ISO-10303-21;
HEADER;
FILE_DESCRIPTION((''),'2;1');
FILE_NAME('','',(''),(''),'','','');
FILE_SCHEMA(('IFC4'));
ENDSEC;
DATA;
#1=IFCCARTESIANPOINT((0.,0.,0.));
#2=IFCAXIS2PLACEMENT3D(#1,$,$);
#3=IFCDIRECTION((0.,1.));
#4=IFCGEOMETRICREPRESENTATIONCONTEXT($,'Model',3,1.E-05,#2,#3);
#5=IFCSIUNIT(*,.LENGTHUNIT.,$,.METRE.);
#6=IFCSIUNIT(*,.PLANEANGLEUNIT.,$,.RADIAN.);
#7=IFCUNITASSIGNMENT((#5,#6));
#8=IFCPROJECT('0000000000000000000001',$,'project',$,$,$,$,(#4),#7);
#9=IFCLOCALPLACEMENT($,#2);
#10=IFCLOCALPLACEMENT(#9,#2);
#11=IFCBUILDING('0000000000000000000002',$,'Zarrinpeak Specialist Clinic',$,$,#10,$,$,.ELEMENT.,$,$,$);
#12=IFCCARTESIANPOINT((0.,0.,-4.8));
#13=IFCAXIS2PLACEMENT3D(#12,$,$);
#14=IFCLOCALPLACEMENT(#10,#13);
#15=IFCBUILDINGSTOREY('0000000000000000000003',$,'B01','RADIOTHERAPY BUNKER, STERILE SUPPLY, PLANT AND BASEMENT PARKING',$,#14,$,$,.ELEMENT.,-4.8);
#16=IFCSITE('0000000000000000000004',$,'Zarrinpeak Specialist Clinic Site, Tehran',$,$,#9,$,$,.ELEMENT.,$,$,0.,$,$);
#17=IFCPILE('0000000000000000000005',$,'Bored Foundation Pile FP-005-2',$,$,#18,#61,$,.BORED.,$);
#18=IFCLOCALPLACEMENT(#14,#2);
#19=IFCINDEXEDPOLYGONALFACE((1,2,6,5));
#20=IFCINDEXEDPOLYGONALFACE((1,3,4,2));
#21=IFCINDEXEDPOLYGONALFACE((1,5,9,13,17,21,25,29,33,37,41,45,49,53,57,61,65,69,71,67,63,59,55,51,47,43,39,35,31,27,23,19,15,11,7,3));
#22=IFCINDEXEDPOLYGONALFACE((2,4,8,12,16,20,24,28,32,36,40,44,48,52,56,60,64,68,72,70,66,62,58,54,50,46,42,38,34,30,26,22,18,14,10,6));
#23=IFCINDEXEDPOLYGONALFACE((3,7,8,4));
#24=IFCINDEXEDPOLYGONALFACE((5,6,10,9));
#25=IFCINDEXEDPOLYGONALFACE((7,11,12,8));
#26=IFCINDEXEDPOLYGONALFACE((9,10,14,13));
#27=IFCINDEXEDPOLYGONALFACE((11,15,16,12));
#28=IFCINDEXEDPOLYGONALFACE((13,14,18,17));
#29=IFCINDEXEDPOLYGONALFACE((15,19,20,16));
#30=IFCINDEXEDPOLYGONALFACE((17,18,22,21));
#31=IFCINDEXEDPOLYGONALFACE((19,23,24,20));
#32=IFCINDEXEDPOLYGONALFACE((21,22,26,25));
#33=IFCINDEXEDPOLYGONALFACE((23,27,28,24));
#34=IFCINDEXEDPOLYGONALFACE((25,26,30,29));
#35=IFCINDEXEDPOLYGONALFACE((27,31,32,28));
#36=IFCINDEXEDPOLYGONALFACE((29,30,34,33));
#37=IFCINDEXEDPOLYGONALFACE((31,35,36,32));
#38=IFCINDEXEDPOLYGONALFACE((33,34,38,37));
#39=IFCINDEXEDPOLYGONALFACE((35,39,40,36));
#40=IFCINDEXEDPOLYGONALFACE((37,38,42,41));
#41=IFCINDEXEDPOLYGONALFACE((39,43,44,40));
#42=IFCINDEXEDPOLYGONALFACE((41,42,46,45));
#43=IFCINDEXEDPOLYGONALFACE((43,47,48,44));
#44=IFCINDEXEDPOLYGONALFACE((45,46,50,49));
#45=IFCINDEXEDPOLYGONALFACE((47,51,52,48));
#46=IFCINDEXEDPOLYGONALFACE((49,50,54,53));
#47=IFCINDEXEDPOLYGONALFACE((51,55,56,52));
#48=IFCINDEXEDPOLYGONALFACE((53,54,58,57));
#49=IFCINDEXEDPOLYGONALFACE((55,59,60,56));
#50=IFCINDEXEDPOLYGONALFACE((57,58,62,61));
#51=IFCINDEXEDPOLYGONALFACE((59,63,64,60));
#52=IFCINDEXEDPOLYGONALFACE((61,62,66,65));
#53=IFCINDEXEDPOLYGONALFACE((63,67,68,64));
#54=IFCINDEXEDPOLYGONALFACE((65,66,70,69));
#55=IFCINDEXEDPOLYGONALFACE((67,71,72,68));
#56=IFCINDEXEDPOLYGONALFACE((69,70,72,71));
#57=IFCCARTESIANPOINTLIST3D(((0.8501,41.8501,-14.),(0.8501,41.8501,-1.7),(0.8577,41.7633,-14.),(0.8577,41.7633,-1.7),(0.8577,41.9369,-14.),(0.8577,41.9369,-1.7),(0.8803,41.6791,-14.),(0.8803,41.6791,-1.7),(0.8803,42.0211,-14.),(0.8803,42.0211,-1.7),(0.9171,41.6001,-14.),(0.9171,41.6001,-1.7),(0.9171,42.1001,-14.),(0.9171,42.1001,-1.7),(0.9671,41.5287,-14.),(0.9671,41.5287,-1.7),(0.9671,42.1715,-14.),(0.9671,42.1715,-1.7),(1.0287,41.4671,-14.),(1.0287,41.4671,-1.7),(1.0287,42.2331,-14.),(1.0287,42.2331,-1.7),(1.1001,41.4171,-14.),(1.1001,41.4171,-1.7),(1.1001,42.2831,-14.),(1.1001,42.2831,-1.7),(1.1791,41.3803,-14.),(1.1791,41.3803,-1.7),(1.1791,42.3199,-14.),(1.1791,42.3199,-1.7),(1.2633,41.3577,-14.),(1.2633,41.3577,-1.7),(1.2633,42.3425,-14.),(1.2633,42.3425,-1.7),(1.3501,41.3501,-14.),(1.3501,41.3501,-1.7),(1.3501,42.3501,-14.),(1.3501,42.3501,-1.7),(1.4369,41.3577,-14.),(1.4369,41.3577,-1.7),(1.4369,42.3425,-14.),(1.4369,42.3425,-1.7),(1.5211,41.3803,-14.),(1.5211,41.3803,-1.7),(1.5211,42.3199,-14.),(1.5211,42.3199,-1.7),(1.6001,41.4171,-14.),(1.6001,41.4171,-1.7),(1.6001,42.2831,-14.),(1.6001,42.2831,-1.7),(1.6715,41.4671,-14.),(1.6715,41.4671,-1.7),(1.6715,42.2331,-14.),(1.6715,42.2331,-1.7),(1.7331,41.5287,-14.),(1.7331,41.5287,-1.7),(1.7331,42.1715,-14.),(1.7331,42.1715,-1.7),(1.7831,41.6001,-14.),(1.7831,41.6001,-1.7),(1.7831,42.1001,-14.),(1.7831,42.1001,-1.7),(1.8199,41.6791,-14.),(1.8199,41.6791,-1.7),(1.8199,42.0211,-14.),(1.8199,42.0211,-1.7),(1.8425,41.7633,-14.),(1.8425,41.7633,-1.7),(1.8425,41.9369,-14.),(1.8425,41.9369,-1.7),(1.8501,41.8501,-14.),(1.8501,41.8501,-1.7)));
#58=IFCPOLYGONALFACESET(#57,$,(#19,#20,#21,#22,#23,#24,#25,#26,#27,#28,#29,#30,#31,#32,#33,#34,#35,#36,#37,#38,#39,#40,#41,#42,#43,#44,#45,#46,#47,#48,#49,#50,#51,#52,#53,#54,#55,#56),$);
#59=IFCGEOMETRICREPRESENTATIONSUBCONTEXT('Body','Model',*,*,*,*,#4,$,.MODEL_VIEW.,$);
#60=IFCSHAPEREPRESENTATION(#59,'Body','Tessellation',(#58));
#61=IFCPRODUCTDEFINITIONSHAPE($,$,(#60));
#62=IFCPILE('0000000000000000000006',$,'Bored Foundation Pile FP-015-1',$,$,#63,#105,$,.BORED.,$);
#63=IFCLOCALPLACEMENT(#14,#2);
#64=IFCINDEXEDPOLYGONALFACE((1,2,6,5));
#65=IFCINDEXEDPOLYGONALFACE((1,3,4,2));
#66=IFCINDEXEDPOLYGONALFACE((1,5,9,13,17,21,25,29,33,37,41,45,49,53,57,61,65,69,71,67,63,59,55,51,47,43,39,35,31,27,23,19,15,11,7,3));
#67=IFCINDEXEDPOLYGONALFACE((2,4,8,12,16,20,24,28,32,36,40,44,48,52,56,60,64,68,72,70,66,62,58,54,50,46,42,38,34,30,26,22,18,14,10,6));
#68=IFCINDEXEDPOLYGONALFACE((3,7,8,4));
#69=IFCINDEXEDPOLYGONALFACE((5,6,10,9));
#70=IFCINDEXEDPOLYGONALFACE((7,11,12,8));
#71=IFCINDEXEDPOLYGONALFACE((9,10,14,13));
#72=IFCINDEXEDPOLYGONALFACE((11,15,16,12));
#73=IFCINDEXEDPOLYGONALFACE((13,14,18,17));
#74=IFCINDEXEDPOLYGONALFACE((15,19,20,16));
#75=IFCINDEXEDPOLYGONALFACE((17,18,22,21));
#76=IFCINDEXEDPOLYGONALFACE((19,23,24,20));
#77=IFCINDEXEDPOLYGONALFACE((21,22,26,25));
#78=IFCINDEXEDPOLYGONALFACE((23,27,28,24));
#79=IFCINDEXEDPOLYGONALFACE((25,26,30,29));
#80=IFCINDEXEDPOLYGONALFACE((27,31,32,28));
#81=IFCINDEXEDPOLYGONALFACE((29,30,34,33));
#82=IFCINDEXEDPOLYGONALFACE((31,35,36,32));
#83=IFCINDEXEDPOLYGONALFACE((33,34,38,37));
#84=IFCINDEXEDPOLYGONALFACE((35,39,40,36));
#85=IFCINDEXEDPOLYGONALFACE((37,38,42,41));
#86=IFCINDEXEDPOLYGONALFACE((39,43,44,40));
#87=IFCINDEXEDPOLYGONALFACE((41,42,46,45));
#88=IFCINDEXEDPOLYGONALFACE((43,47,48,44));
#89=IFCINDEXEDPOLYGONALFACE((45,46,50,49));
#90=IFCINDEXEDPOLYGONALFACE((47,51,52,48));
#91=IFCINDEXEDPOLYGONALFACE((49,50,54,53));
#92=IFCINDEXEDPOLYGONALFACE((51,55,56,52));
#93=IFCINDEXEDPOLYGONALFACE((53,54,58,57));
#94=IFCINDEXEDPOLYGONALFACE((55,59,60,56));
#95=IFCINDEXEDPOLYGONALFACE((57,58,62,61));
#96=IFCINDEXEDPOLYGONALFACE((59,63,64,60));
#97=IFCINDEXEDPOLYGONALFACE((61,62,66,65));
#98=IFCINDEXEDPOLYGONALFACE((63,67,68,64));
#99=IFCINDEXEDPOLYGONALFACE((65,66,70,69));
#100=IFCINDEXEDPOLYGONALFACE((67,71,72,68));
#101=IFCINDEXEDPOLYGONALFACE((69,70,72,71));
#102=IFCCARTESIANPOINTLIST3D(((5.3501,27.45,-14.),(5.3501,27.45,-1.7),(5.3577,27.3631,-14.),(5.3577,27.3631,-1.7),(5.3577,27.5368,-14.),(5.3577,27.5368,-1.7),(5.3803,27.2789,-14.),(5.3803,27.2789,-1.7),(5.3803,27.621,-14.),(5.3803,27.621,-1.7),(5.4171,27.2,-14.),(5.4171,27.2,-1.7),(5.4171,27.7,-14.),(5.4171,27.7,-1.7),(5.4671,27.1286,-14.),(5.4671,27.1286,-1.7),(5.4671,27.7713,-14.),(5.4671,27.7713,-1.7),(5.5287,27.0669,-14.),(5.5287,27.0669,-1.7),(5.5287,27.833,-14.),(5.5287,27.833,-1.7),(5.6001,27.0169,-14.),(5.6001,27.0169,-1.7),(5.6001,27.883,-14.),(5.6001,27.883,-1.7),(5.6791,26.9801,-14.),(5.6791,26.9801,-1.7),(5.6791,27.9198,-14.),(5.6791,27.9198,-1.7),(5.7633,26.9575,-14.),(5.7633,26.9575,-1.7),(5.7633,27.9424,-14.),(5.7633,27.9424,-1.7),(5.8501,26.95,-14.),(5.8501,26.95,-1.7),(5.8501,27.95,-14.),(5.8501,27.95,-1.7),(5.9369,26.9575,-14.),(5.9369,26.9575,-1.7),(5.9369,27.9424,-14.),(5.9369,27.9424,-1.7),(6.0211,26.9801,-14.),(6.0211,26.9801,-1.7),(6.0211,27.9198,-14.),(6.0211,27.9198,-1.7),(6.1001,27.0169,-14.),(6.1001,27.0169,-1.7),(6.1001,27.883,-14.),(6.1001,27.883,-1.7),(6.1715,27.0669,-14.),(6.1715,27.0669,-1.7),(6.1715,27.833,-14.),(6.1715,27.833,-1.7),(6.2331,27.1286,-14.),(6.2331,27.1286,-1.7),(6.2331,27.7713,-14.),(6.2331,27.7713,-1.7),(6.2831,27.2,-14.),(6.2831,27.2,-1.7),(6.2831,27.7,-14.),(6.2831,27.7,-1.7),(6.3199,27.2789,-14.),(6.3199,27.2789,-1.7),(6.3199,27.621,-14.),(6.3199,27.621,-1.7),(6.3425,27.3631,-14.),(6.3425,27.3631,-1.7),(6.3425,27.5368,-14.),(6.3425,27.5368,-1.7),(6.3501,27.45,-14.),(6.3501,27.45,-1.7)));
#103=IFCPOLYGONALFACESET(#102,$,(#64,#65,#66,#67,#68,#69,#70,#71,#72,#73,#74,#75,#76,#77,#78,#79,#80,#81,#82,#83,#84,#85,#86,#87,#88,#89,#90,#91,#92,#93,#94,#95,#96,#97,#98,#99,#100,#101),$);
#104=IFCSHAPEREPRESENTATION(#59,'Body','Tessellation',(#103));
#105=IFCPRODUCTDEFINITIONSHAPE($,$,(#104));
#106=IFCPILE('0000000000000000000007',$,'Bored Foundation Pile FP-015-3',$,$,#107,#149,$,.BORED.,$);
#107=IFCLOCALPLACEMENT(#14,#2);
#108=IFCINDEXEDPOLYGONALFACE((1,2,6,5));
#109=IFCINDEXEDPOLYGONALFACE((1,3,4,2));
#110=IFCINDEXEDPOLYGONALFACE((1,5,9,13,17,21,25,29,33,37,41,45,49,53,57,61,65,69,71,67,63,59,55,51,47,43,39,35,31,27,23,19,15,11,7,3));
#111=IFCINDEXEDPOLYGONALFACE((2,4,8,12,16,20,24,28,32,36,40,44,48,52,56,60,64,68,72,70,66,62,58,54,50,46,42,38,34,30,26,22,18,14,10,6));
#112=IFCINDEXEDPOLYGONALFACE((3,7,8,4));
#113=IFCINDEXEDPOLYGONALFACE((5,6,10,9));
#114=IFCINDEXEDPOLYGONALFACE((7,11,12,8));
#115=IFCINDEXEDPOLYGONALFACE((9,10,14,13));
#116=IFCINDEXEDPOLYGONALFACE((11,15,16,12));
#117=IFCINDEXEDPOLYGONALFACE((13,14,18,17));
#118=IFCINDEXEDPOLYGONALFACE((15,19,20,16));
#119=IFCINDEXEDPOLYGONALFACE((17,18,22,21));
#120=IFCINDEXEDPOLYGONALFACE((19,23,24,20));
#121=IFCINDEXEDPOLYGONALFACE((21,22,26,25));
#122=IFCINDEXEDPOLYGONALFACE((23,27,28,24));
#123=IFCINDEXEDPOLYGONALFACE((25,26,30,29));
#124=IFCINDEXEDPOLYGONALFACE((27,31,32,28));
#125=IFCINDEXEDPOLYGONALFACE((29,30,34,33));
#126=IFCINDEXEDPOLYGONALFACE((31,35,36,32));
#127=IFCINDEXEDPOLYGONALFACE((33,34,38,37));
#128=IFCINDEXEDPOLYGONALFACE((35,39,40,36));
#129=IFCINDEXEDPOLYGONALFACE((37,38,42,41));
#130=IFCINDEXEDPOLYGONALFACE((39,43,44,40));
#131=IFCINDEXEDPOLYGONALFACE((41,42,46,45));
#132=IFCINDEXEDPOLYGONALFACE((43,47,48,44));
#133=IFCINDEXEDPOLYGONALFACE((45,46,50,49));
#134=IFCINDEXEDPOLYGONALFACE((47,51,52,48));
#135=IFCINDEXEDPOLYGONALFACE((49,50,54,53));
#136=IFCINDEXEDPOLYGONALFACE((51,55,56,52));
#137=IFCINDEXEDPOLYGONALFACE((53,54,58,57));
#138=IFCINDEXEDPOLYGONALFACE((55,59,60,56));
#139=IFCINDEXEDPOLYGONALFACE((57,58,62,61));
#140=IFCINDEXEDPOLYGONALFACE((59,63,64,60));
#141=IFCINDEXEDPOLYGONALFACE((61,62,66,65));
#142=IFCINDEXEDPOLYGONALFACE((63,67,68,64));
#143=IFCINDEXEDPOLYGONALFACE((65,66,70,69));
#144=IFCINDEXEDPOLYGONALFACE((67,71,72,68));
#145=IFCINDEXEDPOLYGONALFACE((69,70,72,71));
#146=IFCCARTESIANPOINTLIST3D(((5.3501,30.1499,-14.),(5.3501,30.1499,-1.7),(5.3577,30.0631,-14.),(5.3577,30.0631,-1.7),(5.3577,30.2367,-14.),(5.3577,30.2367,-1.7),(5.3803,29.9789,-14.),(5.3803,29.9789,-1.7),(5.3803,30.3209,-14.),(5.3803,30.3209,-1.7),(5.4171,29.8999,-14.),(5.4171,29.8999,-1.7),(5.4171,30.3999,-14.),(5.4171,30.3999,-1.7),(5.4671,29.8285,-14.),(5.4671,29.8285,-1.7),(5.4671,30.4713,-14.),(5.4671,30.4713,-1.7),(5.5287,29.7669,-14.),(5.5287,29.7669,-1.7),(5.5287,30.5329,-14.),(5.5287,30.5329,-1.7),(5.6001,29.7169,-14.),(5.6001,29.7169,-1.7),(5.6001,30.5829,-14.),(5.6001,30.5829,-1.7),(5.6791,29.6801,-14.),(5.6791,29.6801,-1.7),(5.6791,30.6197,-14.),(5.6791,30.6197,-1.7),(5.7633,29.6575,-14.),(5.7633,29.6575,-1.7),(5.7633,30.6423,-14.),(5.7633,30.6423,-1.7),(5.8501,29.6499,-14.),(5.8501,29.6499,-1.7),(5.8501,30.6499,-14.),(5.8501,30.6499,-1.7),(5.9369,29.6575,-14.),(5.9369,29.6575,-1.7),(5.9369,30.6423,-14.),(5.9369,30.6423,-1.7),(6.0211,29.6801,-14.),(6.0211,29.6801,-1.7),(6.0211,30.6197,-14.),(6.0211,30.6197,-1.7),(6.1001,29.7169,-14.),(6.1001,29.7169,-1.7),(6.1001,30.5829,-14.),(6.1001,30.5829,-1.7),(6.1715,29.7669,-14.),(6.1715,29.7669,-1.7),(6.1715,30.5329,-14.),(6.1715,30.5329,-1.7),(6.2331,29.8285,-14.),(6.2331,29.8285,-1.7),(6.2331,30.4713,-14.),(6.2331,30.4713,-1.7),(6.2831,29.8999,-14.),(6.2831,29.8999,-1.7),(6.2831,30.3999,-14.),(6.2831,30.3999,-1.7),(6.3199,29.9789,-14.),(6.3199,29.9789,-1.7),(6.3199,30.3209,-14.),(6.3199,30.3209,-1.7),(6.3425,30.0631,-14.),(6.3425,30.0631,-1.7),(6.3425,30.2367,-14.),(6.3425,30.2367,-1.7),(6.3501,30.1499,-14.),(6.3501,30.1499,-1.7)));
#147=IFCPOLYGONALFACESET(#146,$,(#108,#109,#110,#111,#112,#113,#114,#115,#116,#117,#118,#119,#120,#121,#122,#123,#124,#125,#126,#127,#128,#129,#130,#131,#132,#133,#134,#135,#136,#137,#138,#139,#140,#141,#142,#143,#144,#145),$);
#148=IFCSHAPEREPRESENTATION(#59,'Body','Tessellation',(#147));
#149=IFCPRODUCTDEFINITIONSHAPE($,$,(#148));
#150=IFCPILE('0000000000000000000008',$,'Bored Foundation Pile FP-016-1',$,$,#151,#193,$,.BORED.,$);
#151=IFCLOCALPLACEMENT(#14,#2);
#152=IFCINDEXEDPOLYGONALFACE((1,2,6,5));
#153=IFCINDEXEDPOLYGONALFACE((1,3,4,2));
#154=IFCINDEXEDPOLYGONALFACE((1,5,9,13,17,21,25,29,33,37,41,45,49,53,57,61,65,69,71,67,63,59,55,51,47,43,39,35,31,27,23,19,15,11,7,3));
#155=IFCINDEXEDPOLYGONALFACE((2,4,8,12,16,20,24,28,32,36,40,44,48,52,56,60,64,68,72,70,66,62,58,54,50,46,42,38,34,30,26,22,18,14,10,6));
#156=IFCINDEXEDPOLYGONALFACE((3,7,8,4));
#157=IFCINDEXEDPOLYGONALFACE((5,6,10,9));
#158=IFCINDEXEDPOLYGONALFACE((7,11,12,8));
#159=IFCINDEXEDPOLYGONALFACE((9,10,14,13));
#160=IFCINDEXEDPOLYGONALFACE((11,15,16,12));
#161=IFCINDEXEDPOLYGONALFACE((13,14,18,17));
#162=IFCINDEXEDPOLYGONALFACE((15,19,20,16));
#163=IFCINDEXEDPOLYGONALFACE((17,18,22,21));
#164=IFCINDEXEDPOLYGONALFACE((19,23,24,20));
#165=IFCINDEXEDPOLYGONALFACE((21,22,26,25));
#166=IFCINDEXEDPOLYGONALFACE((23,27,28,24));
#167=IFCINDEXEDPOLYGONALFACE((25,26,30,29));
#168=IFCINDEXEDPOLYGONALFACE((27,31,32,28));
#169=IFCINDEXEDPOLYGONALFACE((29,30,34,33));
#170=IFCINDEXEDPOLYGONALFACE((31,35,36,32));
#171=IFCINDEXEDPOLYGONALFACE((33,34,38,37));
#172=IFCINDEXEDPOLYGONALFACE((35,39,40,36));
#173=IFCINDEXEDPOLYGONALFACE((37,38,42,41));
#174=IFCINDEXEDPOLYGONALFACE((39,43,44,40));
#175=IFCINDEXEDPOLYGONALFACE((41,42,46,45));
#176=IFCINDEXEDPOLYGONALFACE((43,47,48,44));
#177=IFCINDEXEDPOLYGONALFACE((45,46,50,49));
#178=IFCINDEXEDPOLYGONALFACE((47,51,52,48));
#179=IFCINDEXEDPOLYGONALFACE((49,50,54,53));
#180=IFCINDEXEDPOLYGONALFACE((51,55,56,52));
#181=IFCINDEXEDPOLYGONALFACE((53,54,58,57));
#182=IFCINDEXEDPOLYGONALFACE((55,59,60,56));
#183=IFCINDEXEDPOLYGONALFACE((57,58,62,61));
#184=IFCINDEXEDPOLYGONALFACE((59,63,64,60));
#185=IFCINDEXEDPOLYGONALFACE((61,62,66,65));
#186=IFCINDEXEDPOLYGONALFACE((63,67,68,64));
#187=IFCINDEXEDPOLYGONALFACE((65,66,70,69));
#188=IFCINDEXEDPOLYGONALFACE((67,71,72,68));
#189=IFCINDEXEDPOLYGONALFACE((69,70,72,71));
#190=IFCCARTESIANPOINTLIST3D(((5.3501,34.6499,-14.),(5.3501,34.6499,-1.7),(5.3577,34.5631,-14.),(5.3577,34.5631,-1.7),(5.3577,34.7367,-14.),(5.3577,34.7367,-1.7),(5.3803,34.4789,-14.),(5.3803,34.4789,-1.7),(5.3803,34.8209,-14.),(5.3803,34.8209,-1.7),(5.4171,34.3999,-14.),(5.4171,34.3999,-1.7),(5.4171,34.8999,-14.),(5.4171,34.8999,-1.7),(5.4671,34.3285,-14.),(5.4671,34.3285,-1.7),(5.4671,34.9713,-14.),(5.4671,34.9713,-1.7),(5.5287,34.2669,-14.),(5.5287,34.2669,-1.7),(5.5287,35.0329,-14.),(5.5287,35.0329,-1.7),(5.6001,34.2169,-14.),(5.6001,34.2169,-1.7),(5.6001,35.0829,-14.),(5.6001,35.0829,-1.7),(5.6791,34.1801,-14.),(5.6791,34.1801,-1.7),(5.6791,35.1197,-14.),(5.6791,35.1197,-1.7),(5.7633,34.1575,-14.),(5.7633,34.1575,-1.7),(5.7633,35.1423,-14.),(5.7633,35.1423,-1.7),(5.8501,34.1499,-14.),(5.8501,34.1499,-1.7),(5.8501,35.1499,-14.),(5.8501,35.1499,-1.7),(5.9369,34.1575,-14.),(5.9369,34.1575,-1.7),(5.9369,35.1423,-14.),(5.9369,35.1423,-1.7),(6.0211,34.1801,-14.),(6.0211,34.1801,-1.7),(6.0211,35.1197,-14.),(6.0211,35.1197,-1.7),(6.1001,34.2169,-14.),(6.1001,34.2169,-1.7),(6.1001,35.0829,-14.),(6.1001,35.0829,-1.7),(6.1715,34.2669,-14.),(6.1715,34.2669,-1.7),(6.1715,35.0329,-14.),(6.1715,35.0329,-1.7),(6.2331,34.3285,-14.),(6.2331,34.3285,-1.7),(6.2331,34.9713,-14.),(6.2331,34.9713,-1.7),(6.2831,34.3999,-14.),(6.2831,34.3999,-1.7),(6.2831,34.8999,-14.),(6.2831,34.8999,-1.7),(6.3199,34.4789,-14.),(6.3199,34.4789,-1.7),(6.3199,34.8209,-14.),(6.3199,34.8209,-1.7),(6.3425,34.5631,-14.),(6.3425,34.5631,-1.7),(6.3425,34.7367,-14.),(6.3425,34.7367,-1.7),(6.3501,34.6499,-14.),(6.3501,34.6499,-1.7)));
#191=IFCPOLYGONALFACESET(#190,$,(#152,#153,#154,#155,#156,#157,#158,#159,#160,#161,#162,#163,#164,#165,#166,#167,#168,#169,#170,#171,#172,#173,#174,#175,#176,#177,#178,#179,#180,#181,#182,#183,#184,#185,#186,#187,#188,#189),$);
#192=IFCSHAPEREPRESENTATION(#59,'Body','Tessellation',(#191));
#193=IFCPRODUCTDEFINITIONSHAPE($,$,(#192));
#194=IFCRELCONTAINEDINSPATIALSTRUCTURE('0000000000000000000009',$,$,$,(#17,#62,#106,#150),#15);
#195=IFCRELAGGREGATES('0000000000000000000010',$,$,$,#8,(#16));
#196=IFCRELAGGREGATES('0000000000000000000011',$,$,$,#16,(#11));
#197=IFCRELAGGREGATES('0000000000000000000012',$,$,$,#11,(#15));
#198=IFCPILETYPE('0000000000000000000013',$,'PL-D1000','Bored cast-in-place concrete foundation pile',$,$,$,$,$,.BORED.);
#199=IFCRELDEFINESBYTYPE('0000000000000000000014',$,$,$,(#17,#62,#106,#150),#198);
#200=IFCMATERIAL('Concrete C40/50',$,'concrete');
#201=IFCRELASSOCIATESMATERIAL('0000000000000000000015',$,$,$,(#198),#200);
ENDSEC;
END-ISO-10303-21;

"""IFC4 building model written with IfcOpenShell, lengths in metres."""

from ifc_helpers import new_model, si_unit, direction, frame, origin, origin_2d, place, context, subcontext, project, spatial, circle, extrude, material, material_profile, profile_set, type_object, element, save


model = new_model("IFC4")

# Units and contexts
model_context = context("Model", 3, precision=1e-05, world=origin(), true_north=direction((0.0, 1.0)))
body_context = subcontext(model_context, "Body", "Model", "MODEL_VIEW")
ifc_project = project(units=[si_unit("LENGTHUNIT", "METRE"), si_unit("PLANEANGLEUNIT", "RADIAN")], contexts=[model_context])

# Site, building, storey
site_placement = place(None, origin())
site = spatial("IfcSite", under=ifc_project, at=site_placement, Name="Zarrinpeak Specialist Clinic Site, Tehran", CompositionType="ELEMENT", RefElevation=0.0)
building_placement = place(site_placement, origin())
building = spatial("IfcBuilding", under=site, at=building_placement, Name="Zarrinpeak Specialist Clinic", CompositionType="ELEMENT")
storey_placement = place(building_placement, frame((0.0, 0.0, -4.8)))
storey = spatial("IfcBuildingStorey", under=building, at=storey_placement, Name="B01", Description="RADIOTHERAPY BUNKER, STERILE SUPPLY, PLANT AND BASEMENT PARKING", CompositionType="ELEMENT", Elevation=-4.8)

# Shared definitions
ifc_material = material(Name="Concrete C40/50", Category="concrete")

# Piles
ifc_material_profile_1 = material_profile(ifc_material, circle(Radius=0.5, at=origin_2d()), Name="BORED PILE D1000")
ifc_profile_set_1 = profile_set([ifc_material_profile_1], Name="Concrete C40/50")
pile_type = type_object("IfcPileType", Name="PL-D1000", Description="Bored cast-in-place concrete foundation pile", PredefinedType="BORED", material=ifc_profile_set_1)
for number, where, z_axis, x_axis, name in (
    (1, (1.3501, 41.8501, -1.7), (0.0, 0.0, -1.0), (1.0, 0.0, 0.0), "Bored Foundation Pile FP-005-2"),
    (2, (5.8501, 27.45, -1.7), (0.0, 0.0, -1.0), (1.0, 0.0, 0.0), "Bored Foundation Pile FP-015-1"),
    (3, (5.8501, 30.1499, -1.7), (0.0, 0.0, -1.0), (1.0, 0.0, 0.0), "Bored Foundation Pile FP-015-3"),
    (4, (5.8501, 34.6499, -1.7), (0.0, 0.0, -1.0), (1.0, 0.0, 0.0), "Bored Foundation Pile FP-016-1"),
):
    element("IfcPile", number, at=place(storey_placement, frame(where, z_axis=z_axis, x_axis=x_axis)), inside=storey, type_object=pile_type, Name=name, PredefinedType="BORED", context=body_context, shape_type="SweptSolid", body=[
        extrude(circle(Radius=0.5, at=origin_2d()), origin(), (0.0, 0.0, 1.0), 12.3),
    ])

save(model, "model.ifc")
